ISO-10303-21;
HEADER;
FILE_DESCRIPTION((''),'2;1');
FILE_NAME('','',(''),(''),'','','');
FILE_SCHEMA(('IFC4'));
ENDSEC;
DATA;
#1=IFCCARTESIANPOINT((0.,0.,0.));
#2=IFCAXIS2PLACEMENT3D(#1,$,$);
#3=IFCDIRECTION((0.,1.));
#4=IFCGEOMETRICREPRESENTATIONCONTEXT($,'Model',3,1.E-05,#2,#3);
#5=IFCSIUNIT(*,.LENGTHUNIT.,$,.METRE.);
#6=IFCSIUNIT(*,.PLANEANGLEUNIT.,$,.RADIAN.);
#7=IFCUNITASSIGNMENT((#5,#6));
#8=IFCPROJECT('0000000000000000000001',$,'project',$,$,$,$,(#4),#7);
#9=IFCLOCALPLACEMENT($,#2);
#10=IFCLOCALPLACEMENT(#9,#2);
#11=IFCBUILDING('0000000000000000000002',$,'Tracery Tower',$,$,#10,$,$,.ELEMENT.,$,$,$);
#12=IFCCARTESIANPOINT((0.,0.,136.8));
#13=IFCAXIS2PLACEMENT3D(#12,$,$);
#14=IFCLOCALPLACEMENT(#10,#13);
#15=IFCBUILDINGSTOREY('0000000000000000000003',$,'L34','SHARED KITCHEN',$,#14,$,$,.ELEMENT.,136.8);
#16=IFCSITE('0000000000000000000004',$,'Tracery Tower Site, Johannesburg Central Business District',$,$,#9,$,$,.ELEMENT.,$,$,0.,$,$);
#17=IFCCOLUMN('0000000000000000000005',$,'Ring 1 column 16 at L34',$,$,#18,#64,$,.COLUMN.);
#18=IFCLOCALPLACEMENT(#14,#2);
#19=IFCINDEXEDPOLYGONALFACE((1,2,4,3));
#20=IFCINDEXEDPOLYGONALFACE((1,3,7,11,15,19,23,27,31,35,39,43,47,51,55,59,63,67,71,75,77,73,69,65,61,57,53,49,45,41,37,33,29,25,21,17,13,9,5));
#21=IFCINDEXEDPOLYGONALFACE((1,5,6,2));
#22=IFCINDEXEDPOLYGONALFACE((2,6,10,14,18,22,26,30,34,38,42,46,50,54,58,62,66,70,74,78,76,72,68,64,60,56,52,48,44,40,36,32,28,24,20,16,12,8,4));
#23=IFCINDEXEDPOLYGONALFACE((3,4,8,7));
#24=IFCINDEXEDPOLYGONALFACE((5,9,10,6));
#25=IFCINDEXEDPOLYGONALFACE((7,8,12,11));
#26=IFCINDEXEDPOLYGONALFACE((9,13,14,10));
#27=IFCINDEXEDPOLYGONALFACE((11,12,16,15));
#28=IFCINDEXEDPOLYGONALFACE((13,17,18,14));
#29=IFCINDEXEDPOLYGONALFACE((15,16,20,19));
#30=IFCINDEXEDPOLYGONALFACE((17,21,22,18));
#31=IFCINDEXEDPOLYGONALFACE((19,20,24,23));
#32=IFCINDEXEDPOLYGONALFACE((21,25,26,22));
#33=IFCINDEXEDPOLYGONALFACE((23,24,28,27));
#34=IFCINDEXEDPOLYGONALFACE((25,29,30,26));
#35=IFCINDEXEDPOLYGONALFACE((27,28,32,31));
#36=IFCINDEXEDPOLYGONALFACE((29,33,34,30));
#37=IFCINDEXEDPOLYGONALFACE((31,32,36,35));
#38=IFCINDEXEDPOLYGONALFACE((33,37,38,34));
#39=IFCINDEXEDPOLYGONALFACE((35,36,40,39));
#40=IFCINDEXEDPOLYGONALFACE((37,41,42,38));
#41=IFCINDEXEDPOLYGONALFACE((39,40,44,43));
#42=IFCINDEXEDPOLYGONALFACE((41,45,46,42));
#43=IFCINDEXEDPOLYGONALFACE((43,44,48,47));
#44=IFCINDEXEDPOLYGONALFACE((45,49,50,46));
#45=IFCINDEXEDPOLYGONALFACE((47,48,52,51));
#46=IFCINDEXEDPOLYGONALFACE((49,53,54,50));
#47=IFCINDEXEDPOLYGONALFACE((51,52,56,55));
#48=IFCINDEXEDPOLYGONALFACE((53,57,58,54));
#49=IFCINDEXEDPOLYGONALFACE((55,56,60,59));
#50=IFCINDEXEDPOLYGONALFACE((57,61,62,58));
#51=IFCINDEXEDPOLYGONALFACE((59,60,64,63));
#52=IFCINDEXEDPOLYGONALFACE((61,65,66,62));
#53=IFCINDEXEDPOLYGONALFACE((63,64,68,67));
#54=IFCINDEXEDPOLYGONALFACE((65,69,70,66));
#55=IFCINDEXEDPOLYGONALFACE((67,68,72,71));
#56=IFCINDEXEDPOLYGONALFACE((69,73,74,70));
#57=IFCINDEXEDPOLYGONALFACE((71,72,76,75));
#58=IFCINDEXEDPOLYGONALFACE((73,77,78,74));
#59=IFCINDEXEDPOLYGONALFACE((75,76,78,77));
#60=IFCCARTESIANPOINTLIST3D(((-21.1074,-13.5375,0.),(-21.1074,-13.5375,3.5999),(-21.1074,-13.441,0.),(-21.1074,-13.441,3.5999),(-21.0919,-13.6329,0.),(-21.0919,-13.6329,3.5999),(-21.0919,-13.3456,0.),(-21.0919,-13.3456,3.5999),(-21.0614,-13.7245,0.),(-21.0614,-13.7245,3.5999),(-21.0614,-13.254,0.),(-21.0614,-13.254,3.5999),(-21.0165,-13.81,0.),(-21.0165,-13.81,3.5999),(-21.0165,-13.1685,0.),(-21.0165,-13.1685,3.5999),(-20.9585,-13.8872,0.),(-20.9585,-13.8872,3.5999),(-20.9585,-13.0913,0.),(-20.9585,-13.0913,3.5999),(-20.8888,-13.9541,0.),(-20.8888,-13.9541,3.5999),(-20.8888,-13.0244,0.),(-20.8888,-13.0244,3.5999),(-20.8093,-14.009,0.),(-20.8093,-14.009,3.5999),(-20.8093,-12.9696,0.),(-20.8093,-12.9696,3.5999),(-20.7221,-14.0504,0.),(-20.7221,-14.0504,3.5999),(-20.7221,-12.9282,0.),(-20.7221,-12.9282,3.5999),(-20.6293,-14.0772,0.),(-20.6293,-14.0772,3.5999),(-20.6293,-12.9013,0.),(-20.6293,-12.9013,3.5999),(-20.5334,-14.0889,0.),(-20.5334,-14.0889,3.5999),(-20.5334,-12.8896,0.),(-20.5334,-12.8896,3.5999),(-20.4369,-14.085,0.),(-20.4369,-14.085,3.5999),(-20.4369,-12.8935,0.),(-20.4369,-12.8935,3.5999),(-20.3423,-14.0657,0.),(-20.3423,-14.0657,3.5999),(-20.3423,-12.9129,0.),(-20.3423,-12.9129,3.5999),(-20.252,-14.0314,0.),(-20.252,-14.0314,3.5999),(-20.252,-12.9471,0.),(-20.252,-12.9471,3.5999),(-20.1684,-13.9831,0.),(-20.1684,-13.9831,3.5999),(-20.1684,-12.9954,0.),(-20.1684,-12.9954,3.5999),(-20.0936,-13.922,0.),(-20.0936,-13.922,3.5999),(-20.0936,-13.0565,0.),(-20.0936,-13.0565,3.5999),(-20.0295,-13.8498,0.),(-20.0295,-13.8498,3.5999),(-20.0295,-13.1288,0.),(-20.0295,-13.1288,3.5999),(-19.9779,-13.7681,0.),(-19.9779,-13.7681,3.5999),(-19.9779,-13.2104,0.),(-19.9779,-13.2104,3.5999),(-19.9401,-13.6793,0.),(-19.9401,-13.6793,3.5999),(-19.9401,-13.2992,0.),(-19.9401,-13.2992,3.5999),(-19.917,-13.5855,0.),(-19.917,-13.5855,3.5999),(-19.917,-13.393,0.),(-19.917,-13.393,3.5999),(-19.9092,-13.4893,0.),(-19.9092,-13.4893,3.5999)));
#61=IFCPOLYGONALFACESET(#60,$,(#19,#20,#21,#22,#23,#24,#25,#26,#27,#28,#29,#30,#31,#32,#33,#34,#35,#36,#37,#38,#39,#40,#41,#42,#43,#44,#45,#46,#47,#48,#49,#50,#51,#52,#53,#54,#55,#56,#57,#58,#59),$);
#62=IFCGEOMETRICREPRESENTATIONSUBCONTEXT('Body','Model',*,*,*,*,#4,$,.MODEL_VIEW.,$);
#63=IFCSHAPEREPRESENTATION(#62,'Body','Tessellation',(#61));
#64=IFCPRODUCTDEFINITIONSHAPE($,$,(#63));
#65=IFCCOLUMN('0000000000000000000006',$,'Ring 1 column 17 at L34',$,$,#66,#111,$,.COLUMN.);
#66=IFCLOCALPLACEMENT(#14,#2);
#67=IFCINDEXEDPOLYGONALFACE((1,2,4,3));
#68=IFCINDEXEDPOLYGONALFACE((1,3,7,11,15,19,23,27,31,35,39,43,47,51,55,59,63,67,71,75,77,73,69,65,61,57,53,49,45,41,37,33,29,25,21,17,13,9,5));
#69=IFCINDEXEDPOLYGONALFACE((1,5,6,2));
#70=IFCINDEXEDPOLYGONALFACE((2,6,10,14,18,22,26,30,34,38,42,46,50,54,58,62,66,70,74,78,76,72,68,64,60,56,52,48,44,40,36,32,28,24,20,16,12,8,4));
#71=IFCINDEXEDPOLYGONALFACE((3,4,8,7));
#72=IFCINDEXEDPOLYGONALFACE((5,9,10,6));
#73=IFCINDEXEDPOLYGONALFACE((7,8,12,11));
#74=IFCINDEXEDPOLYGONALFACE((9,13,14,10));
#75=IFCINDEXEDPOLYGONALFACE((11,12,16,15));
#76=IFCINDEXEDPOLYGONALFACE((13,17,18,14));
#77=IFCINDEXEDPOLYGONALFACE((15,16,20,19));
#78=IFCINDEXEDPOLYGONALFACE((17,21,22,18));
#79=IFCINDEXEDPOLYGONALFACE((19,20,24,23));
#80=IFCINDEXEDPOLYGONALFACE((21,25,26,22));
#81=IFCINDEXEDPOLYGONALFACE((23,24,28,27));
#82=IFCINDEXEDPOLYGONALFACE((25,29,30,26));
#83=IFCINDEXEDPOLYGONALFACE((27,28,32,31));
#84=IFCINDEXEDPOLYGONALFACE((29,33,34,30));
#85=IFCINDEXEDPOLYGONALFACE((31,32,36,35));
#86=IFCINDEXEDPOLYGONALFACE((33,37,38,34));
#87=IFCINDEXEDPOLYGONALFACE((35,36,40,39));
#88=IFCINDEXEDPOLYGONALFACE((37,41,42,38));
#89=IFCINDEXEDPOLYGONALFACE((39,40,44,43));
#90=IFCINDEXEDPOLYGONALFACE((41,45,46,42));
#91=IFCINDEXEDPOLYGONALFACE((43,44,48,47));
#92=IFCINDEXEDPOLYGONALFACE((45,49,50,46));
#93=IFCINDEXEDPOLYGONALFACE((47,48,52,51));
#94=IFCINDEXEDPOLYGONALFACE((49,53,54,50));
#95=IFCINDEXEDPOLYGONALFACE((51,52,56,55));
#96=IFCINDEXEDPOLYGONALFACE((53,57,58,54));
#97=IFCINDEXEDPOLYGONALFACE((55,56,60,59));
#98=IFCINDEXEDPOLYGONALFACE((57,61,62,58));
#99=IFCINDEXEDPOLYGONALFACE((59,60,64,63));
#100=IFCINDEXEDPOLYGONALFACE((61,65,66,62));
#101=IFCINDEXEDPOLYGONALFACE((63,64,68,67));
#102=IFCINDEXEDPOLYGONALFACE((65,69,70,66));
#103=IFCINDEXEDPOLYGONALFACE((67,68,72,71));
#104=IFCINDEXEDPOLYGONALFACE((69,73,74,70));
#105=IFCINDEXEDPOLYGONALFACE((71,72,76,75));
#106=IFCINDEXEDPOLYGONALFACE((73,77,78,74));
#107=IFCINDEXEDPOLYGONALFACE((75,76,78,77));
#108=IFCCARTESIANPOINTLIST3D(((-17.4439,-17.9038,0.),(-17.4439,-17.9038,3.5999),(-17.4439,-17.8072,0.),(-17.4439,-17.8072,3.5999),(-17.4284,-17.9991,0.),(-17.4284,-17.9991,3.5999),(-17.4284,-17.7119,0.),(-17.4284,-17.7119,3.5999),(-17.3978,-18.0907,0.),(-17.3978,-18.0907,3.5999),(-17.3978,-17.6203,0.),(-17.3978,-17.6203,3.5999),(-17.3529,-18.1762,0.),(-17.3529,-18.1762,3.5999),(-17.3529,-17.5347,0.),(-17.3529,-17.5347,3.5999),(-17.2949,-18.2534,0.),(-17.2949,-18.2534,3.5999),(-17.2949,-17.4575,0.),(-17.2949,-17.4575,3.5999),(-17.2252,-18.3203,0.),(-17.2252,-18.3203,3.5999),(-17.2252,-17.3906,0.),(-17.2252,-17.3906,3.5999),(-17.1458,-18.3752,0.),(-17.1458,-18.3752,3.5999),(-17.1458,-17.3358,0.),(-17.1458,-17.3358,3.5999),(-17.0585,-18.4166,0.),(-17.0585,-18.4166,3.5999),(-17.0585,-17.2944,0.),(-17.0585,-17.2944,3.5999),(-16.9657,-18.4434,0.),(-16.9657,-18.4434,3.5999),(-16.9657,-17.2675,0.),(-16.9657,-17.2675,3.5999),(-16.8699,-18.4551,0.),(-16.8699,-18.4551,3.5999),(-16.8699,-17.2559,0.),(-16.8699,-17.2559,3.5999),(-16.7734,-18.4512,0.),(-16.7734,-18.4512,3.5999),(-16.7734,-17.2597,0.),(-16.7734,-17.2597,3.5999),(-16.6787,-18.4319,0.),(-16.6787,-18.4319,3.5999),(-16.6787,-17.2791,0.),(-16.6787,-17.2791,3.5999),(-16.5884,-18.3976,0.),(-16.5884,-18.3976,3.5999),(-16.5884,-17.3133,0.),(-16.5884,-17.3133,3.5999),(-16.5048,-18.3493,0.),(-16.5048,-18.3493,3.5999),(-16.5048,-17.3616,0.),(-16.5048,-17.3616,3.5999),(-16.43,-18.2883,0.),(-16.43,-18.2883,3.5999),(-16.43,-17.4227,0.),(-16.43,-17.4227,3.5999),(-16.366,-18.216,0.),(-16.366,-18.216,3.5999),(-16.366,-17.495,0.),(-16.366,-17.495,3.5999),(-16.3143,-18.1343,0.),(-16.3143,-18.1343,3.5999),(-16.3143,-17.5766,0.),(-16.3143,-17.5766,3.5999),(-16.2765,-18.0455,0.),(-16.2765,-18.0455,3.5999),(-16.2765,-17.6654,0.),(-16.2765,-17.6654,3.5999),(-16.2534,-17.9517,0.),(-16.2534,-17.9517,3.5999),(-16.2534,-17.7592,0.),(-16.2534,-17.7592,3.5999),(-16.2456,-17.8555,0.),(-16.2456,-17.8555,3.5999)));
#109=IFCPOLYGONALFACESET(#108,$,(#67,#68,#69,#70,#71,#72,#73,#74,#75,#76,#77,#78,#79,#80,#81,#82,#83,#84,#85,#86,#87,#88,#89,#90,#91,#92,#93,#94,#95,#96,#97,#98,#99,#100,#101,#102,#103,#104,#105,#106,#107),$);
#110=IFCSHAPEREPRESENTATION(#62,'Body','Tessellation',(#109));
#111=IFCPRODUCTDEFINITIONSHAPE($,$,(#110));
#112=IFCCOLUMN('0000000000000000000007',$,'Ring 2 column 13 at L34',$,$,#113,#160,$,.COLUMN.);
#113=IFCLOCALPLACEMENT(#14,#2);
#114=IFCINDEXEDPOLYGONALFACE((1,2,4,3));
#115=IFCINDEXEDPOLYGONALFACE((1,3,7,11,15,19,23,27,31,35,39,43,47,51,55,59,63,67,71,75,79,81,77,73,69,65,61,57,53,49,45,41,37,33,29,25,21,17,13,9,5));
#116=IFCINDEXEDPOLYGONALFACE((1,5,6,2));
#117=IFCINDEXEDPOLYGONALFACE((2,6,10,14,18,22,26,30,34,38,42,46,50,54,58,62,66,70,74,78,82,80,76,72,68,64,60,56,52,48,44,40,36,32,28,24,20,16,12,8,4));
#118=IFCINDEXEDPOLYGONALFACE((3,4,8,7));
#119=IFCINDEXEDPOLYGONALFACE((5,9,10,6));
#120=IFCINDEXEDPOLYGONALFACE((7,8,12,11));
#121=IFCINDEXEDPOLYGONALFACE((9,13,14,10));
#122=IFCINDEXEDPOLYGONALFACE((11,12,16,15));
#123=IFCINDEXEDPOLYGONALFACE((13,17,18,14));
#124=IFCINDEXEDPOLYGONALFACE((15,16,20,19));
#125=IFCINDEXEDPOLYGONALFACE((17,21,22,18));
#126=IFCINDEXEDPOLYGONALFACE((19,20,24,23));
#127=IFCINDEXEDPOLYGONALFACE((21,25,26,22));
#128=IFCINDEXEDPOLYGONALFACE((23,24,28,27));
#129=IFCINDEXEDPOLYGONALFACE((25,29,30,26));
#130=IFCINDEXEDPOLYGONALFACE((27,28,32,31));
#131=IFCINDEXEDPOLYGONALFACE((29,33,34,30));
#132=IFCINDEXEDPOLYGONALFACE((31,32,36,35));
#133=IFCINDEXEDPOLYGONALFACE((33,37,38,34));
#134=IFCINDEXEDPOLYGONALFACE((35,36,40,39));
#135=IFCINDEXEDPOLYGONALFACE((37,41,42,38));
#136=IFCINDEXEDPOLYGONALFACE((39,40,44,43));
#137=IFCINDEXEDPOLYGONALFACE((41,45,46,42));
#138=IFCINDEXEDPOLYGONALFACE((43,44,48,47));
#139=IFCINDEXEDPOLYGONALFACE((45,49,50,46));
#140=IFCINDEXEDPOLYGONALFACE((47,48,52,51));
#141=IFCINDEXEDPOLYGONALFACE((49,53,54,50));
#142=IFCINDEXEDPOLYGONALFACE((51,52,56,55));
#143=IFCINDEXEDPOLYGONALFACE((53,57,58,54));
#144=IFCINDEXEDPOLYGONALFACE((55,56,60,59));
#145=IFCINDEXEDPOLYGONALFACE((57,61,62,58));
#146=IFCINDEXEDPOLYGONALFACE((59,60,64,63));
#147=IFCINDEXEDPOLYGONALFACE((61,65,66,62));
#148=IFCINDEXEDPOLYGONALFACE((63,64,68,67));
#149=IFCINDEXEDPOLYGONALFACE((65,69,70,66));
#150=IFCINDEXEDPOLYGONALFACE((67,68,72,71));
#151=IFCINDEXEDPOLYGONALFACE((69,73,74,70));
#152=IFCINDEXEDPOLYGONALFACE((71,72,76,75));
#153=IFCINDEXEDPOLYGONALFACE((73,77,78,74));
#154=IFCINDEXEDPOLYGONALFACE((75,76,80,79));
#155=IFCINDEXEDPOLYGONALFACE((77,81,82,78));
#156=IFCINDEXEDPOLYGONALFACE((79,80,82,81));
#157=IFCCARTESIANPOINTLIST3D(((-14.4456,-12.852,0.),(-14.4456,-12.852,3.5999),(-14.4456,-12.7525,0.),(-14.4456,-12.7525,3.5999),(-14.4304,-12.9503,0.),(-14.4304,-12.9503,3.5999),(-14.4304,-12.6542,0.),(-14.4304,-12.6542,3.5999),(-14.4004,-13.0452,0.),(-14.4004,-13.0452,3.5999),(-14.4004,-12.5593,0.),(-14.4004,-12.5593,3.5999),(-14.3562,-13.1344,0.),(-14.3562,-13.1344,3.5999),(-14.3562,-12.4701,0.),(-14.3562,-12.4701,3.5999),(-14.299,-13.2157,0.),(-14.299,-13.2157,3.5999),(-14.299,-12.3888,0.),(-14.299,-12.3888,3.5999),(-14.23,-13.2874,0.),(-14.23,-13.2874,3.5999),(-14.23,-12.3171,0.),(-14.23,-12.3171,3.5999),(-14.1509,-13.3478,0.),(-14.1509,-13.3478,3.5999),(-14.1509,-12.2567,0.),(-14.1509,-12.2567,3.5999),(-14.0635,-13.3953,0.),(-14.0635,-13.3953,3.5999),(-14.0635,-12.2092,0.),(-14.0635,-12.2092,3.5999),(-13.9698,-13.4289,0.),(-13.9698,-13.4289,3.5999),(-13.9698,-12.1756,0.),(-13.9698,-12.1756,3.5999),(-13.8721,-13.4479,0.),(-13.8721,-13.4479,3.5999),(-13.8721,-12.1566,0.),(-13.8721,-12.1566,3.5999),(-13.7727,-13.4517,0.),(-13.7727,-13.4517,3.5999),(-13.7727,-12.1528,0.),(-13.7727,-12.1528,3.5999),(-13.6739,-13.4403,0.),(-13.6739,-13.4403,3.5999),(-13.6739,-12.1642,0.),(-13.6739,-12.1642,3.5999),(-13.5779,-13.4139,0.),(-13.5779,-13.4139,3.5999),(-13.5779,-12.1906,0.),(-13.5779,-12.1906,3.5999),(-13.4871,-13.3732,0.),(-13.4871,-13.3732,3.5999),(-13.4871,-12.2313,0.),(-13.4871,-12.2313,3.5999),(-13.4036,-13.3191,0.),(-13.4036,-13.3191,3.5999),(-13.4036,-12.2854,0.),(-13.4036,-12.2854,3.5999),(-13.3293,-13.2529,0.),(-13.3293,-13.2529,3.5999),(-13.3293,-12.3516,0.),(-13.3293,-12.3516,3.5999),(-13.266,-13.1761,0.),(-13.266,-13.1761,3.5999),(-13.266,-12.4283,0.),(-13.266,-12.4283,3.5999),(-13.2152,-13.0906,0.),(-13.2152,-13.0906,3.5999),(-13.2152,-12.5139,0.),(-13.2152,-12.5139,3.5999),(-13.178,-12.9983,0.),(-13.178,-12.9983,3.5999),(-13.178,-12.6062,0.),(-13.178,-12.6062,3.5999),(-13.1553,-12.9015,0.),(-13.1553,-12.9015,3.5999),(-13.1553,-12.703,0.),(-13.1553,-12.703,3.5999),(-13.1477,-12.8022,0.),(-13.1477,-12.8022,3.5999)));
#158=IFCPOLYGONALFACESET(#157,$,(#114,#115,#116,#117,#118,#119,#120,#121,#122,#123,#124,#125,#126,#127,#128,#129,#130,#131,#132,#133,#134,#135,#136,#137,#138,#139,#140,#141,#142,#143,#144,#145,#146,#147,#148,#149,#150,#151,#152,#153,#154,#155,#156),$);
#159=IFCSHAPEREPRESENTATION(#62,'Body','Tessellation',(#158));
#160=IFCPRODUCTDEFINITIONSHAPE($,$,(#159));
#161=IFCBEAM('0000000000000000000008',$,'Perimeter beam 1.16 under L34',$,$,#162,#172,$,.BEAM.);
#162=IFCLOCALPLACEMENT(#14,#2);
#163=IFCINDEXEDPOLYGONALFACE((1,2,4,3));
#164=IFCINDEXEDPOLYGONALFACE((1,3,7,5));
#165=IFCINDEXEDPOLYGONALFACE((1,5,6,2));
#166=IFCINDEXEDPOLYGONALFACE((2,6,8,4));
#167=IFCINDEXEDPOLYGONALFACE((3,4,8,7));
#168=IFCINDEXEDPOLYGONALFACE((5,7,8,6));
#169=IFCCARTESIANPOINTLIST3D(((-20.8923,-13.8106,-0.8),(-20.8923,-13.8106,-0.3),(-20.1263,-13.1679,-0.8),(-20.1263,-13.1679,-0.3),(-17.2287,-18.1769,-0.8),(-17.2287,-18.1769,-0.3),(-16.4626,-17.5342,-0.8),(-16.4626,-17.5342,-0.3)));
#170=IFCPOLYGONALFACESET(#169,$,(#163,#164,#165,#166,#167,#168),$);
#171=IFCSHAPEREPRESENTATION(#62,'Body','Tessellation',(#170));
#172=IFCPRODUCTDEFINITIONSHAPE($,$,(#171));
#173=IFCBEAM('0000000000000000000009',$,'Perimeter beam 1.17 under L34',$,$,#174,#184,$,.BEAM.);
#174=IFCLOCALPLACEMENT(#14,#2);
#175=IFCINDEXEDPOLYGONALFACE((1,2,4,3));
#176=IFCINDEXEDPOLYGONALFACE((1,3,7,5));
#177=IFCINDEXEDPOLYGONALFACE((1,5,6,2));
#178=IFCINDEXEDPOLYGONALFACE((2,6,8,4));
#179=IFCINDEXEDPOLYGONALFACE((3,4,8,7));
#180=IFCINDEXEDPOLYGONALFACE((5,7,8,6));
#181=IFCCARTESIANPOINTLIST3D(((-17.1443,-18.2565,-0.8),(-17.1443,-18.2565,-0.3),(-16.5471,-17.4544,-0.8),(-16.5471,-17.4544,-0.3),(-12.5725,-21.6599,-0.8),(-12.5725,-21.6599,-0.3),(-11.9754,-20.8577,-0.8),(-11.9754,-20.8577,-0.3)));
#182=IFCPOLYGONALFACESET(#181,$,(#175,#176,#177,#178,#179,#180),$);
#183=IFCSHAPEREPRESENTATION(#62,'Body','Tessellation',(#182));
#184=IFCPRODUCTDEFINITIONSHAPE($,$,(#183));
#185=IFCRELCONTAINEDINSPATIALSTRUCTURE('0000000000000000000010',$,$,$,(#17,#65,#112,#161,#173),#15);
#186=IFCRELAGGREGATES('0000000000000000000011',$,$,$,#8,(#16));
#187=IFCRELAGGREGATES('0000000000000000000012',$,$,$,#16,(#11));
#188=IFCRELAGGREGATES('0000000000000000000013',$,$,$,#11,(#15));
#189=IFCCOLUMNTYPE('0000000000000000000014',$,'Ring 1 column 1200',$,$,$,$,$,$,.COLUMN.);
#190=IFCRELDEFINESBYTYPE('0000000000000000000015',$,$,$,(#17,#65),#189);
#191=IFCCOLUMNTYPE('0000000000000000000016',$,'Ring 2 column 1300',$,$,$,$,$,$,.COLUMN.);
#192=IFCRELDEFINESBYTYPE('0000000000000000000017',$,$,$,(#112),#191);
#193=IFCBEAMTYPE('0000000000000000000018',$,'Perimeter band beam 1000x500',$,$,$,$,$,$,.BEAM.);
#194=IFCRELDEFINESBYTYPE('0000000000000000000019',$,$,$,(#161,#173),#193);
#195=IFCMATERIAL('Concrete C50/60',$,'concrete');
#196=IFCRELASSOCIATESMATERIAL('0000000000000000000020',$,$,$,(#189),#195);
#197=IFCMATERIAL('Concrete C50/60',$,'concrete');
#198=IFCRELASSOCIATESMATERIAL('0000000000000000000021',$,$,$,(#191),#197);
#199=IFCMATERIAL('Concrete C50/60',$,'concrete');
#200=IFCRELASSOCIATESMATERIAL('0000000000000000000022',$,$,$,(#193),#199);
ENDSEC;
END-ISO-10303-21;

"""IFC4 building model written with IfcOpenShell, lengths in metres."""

from ifc_helpers import new_model, si_unit, direction, frame, origin, origin_2d, place, context, subcontext, project, spatial, rectangle, circle, extrude, material, material_profile, profile_set, type_object, element, save


model = new_model("IFC4")

# Units and contexts
model_context = context("Model", 3, precision=1e-05, world=origin(), true_north=direction((0.0, 1.0)))
body_context = subcontext(model_context, "Body", "Model", "MODEL_VIEW")
ifc_project = project(units=[si_unit("LENGTHUNIT", "METRE"), si_unit("PLANEANGLEUNIT", "RADIAN")], contexts=[model_context])

# Site, building, storey
site_placement = place(None, origin())
site = spatial("IfcSite", under=ifc_project, at=site_placement, Name="Tracery Tower Site, Johannesburg Central Business District", CompositionType="ELEMENT", RefElevation=0.0)
building_placement = place(site_placement, origin())
building = spatial("IfcBuilding", under=site, at=building_placement, Name="Tracery Tower", CompositionType="ELEMENT")
storey_placement = place(building_placement, frame((0.0, 0.0, 136.8)))
storey = spatial("IfcBuildingStorey", under=building, at=storey_placement, Name="L34", Description="SHARED KITCHEN", CompositionType="ELEMENT", Elevation=136.8)

# Columns
ifc_material_1 = material(Name="Concrete C50/60", Category="concrete")
ifc_material_profile_1 = material_profile(ifc_material_1, circle(Radius=0.6001, at=origin_2d()), Name="RC D1200")
ifc_profile_set_1 = profile_set([ifc_material_profile_1], Name="Concrete C50/60")
column_type_1 = type_object("IfcColumnType", Name="Ring 1 column 1200", PredefinedType="COLUMN", material=ifc_profile_set_1)
for number, where, z_axis, x_axis, name in (
    (1, (-20.5093, -13.4893, 0.0), (0.0, 0.0, 1.0), (1.0, 0.0, 0.0), "Ring 1 column 16 at L34"),
    (2, (-16.8457, -17.8555, 0.0), (0.0, 0.0, 1.0), (1.0, 0.0, 0.0), "Ring 1 column 17 at L34"),
):
    element("IfcColumn", number, at=place(storey_placement, frame(where, z_axis=z_axis, x_axis=x_axis)), inside=storey, type_object=column_type_1, Name=name, PredefinedType="COLUMN", context=body_context, shape_type="SweptSolid", body=[
        extrude(circle(Radius=0.6001, at=origin_2d()), origin(), (0.0, 0.0, 1.0), 3.5999),
    ])
ifc_material_2 = material(Name="Concrete C50/60", Category="concrete")
ifc_material_profile_2 = material_profile(ifc_material_2, circle(Radius=0.6499, at=origin_2d()), Name="RC D1300")
ifc_profile_set_2 = profile_set([ifc_material_profile_2], Name="Concrete C50/60")
column_type_2 = type_object("IfcColumnType", Name="Ring 2 column 1300", PredefinedType="COLUMN", material=ifc_profile_set_2)
column_placement = place(storey_placement, frame((-13.7976, -12.8022, 0.0), z_axis=(0.0, 0.0, 1.0), x_axis=(1.0, 0.0, 0.0)))
element("IfcColumn", 3, at=column_placement, inside=storey, type_object=column_type_2, Name="Ring 2 column 13 at L34", PredefinedType="COLUMN", context=body_context, shape_type="SweptSolid", body=[
    extrude(circle(Radius=0.6499, at=origin_2d()), origin(), (0.0, 0.0, 1.0), 3.5999),
])

# Beams
ifc_material_3 = material(Name="Concrete C50/60", Category="concrete")
ifc_material_profile_3 = material_profile(ifc_material_3, rectangle(XDim=1.0, YDim=0.5, at=origin_2d()), Name="RC 1000x500")
ifc_profile_set_3 = profile_set([ifc_material_profile_3], Name="Concrete C50/60")
beam_type = type_object("IfcBeamType", Name="Perimeter band beam 1000x500", PredefinedType="BEAM", material=ifc_profile_set_3)
beam_1_placement = place(storey_placement, frame((-20.5093, -13.4893, -0.55), z_axis=(0.642776, -0.766054, 0.0), x_axis=(0.766054, 0.642776, 0.0)))
element("IfcBeam", 4, at=beam_1_placement, inside=storey, type_object=beam_type, Name="Perimeter beam 1.16 under L34", PredefinedType="BEAM", context=body_context, shape_type="SweptSolid", body=[
    extrude(rectangle(XDim=1.0, YDim=0.5, at=origin_2d()), origin(), (0.0, 0.0, 1.0), 5.6997),
])
beam_2_placement = place(storey_placement, frame((-16.8457, -17.8555, -0.55), z_axis=(0.802144, -0.597131, 0.0), x_axis=(0.597131, 0.802144, 0.0)))
element("IfcBeam", 5, at=beam_2_placement, inside=storey, type_object=beam_type, Name="Perimeter beam 1.17 under L34", PredefinedType="BEAM", context=body_context, shape_type="SweptSolid", body=[
    extrude(rectangle(XDim=1.0, YDim=0.5, at=origin_2d()), origin(), (0.0, 0.0, 1.0), 5.6995),
])

save(model, "model.ifc")
